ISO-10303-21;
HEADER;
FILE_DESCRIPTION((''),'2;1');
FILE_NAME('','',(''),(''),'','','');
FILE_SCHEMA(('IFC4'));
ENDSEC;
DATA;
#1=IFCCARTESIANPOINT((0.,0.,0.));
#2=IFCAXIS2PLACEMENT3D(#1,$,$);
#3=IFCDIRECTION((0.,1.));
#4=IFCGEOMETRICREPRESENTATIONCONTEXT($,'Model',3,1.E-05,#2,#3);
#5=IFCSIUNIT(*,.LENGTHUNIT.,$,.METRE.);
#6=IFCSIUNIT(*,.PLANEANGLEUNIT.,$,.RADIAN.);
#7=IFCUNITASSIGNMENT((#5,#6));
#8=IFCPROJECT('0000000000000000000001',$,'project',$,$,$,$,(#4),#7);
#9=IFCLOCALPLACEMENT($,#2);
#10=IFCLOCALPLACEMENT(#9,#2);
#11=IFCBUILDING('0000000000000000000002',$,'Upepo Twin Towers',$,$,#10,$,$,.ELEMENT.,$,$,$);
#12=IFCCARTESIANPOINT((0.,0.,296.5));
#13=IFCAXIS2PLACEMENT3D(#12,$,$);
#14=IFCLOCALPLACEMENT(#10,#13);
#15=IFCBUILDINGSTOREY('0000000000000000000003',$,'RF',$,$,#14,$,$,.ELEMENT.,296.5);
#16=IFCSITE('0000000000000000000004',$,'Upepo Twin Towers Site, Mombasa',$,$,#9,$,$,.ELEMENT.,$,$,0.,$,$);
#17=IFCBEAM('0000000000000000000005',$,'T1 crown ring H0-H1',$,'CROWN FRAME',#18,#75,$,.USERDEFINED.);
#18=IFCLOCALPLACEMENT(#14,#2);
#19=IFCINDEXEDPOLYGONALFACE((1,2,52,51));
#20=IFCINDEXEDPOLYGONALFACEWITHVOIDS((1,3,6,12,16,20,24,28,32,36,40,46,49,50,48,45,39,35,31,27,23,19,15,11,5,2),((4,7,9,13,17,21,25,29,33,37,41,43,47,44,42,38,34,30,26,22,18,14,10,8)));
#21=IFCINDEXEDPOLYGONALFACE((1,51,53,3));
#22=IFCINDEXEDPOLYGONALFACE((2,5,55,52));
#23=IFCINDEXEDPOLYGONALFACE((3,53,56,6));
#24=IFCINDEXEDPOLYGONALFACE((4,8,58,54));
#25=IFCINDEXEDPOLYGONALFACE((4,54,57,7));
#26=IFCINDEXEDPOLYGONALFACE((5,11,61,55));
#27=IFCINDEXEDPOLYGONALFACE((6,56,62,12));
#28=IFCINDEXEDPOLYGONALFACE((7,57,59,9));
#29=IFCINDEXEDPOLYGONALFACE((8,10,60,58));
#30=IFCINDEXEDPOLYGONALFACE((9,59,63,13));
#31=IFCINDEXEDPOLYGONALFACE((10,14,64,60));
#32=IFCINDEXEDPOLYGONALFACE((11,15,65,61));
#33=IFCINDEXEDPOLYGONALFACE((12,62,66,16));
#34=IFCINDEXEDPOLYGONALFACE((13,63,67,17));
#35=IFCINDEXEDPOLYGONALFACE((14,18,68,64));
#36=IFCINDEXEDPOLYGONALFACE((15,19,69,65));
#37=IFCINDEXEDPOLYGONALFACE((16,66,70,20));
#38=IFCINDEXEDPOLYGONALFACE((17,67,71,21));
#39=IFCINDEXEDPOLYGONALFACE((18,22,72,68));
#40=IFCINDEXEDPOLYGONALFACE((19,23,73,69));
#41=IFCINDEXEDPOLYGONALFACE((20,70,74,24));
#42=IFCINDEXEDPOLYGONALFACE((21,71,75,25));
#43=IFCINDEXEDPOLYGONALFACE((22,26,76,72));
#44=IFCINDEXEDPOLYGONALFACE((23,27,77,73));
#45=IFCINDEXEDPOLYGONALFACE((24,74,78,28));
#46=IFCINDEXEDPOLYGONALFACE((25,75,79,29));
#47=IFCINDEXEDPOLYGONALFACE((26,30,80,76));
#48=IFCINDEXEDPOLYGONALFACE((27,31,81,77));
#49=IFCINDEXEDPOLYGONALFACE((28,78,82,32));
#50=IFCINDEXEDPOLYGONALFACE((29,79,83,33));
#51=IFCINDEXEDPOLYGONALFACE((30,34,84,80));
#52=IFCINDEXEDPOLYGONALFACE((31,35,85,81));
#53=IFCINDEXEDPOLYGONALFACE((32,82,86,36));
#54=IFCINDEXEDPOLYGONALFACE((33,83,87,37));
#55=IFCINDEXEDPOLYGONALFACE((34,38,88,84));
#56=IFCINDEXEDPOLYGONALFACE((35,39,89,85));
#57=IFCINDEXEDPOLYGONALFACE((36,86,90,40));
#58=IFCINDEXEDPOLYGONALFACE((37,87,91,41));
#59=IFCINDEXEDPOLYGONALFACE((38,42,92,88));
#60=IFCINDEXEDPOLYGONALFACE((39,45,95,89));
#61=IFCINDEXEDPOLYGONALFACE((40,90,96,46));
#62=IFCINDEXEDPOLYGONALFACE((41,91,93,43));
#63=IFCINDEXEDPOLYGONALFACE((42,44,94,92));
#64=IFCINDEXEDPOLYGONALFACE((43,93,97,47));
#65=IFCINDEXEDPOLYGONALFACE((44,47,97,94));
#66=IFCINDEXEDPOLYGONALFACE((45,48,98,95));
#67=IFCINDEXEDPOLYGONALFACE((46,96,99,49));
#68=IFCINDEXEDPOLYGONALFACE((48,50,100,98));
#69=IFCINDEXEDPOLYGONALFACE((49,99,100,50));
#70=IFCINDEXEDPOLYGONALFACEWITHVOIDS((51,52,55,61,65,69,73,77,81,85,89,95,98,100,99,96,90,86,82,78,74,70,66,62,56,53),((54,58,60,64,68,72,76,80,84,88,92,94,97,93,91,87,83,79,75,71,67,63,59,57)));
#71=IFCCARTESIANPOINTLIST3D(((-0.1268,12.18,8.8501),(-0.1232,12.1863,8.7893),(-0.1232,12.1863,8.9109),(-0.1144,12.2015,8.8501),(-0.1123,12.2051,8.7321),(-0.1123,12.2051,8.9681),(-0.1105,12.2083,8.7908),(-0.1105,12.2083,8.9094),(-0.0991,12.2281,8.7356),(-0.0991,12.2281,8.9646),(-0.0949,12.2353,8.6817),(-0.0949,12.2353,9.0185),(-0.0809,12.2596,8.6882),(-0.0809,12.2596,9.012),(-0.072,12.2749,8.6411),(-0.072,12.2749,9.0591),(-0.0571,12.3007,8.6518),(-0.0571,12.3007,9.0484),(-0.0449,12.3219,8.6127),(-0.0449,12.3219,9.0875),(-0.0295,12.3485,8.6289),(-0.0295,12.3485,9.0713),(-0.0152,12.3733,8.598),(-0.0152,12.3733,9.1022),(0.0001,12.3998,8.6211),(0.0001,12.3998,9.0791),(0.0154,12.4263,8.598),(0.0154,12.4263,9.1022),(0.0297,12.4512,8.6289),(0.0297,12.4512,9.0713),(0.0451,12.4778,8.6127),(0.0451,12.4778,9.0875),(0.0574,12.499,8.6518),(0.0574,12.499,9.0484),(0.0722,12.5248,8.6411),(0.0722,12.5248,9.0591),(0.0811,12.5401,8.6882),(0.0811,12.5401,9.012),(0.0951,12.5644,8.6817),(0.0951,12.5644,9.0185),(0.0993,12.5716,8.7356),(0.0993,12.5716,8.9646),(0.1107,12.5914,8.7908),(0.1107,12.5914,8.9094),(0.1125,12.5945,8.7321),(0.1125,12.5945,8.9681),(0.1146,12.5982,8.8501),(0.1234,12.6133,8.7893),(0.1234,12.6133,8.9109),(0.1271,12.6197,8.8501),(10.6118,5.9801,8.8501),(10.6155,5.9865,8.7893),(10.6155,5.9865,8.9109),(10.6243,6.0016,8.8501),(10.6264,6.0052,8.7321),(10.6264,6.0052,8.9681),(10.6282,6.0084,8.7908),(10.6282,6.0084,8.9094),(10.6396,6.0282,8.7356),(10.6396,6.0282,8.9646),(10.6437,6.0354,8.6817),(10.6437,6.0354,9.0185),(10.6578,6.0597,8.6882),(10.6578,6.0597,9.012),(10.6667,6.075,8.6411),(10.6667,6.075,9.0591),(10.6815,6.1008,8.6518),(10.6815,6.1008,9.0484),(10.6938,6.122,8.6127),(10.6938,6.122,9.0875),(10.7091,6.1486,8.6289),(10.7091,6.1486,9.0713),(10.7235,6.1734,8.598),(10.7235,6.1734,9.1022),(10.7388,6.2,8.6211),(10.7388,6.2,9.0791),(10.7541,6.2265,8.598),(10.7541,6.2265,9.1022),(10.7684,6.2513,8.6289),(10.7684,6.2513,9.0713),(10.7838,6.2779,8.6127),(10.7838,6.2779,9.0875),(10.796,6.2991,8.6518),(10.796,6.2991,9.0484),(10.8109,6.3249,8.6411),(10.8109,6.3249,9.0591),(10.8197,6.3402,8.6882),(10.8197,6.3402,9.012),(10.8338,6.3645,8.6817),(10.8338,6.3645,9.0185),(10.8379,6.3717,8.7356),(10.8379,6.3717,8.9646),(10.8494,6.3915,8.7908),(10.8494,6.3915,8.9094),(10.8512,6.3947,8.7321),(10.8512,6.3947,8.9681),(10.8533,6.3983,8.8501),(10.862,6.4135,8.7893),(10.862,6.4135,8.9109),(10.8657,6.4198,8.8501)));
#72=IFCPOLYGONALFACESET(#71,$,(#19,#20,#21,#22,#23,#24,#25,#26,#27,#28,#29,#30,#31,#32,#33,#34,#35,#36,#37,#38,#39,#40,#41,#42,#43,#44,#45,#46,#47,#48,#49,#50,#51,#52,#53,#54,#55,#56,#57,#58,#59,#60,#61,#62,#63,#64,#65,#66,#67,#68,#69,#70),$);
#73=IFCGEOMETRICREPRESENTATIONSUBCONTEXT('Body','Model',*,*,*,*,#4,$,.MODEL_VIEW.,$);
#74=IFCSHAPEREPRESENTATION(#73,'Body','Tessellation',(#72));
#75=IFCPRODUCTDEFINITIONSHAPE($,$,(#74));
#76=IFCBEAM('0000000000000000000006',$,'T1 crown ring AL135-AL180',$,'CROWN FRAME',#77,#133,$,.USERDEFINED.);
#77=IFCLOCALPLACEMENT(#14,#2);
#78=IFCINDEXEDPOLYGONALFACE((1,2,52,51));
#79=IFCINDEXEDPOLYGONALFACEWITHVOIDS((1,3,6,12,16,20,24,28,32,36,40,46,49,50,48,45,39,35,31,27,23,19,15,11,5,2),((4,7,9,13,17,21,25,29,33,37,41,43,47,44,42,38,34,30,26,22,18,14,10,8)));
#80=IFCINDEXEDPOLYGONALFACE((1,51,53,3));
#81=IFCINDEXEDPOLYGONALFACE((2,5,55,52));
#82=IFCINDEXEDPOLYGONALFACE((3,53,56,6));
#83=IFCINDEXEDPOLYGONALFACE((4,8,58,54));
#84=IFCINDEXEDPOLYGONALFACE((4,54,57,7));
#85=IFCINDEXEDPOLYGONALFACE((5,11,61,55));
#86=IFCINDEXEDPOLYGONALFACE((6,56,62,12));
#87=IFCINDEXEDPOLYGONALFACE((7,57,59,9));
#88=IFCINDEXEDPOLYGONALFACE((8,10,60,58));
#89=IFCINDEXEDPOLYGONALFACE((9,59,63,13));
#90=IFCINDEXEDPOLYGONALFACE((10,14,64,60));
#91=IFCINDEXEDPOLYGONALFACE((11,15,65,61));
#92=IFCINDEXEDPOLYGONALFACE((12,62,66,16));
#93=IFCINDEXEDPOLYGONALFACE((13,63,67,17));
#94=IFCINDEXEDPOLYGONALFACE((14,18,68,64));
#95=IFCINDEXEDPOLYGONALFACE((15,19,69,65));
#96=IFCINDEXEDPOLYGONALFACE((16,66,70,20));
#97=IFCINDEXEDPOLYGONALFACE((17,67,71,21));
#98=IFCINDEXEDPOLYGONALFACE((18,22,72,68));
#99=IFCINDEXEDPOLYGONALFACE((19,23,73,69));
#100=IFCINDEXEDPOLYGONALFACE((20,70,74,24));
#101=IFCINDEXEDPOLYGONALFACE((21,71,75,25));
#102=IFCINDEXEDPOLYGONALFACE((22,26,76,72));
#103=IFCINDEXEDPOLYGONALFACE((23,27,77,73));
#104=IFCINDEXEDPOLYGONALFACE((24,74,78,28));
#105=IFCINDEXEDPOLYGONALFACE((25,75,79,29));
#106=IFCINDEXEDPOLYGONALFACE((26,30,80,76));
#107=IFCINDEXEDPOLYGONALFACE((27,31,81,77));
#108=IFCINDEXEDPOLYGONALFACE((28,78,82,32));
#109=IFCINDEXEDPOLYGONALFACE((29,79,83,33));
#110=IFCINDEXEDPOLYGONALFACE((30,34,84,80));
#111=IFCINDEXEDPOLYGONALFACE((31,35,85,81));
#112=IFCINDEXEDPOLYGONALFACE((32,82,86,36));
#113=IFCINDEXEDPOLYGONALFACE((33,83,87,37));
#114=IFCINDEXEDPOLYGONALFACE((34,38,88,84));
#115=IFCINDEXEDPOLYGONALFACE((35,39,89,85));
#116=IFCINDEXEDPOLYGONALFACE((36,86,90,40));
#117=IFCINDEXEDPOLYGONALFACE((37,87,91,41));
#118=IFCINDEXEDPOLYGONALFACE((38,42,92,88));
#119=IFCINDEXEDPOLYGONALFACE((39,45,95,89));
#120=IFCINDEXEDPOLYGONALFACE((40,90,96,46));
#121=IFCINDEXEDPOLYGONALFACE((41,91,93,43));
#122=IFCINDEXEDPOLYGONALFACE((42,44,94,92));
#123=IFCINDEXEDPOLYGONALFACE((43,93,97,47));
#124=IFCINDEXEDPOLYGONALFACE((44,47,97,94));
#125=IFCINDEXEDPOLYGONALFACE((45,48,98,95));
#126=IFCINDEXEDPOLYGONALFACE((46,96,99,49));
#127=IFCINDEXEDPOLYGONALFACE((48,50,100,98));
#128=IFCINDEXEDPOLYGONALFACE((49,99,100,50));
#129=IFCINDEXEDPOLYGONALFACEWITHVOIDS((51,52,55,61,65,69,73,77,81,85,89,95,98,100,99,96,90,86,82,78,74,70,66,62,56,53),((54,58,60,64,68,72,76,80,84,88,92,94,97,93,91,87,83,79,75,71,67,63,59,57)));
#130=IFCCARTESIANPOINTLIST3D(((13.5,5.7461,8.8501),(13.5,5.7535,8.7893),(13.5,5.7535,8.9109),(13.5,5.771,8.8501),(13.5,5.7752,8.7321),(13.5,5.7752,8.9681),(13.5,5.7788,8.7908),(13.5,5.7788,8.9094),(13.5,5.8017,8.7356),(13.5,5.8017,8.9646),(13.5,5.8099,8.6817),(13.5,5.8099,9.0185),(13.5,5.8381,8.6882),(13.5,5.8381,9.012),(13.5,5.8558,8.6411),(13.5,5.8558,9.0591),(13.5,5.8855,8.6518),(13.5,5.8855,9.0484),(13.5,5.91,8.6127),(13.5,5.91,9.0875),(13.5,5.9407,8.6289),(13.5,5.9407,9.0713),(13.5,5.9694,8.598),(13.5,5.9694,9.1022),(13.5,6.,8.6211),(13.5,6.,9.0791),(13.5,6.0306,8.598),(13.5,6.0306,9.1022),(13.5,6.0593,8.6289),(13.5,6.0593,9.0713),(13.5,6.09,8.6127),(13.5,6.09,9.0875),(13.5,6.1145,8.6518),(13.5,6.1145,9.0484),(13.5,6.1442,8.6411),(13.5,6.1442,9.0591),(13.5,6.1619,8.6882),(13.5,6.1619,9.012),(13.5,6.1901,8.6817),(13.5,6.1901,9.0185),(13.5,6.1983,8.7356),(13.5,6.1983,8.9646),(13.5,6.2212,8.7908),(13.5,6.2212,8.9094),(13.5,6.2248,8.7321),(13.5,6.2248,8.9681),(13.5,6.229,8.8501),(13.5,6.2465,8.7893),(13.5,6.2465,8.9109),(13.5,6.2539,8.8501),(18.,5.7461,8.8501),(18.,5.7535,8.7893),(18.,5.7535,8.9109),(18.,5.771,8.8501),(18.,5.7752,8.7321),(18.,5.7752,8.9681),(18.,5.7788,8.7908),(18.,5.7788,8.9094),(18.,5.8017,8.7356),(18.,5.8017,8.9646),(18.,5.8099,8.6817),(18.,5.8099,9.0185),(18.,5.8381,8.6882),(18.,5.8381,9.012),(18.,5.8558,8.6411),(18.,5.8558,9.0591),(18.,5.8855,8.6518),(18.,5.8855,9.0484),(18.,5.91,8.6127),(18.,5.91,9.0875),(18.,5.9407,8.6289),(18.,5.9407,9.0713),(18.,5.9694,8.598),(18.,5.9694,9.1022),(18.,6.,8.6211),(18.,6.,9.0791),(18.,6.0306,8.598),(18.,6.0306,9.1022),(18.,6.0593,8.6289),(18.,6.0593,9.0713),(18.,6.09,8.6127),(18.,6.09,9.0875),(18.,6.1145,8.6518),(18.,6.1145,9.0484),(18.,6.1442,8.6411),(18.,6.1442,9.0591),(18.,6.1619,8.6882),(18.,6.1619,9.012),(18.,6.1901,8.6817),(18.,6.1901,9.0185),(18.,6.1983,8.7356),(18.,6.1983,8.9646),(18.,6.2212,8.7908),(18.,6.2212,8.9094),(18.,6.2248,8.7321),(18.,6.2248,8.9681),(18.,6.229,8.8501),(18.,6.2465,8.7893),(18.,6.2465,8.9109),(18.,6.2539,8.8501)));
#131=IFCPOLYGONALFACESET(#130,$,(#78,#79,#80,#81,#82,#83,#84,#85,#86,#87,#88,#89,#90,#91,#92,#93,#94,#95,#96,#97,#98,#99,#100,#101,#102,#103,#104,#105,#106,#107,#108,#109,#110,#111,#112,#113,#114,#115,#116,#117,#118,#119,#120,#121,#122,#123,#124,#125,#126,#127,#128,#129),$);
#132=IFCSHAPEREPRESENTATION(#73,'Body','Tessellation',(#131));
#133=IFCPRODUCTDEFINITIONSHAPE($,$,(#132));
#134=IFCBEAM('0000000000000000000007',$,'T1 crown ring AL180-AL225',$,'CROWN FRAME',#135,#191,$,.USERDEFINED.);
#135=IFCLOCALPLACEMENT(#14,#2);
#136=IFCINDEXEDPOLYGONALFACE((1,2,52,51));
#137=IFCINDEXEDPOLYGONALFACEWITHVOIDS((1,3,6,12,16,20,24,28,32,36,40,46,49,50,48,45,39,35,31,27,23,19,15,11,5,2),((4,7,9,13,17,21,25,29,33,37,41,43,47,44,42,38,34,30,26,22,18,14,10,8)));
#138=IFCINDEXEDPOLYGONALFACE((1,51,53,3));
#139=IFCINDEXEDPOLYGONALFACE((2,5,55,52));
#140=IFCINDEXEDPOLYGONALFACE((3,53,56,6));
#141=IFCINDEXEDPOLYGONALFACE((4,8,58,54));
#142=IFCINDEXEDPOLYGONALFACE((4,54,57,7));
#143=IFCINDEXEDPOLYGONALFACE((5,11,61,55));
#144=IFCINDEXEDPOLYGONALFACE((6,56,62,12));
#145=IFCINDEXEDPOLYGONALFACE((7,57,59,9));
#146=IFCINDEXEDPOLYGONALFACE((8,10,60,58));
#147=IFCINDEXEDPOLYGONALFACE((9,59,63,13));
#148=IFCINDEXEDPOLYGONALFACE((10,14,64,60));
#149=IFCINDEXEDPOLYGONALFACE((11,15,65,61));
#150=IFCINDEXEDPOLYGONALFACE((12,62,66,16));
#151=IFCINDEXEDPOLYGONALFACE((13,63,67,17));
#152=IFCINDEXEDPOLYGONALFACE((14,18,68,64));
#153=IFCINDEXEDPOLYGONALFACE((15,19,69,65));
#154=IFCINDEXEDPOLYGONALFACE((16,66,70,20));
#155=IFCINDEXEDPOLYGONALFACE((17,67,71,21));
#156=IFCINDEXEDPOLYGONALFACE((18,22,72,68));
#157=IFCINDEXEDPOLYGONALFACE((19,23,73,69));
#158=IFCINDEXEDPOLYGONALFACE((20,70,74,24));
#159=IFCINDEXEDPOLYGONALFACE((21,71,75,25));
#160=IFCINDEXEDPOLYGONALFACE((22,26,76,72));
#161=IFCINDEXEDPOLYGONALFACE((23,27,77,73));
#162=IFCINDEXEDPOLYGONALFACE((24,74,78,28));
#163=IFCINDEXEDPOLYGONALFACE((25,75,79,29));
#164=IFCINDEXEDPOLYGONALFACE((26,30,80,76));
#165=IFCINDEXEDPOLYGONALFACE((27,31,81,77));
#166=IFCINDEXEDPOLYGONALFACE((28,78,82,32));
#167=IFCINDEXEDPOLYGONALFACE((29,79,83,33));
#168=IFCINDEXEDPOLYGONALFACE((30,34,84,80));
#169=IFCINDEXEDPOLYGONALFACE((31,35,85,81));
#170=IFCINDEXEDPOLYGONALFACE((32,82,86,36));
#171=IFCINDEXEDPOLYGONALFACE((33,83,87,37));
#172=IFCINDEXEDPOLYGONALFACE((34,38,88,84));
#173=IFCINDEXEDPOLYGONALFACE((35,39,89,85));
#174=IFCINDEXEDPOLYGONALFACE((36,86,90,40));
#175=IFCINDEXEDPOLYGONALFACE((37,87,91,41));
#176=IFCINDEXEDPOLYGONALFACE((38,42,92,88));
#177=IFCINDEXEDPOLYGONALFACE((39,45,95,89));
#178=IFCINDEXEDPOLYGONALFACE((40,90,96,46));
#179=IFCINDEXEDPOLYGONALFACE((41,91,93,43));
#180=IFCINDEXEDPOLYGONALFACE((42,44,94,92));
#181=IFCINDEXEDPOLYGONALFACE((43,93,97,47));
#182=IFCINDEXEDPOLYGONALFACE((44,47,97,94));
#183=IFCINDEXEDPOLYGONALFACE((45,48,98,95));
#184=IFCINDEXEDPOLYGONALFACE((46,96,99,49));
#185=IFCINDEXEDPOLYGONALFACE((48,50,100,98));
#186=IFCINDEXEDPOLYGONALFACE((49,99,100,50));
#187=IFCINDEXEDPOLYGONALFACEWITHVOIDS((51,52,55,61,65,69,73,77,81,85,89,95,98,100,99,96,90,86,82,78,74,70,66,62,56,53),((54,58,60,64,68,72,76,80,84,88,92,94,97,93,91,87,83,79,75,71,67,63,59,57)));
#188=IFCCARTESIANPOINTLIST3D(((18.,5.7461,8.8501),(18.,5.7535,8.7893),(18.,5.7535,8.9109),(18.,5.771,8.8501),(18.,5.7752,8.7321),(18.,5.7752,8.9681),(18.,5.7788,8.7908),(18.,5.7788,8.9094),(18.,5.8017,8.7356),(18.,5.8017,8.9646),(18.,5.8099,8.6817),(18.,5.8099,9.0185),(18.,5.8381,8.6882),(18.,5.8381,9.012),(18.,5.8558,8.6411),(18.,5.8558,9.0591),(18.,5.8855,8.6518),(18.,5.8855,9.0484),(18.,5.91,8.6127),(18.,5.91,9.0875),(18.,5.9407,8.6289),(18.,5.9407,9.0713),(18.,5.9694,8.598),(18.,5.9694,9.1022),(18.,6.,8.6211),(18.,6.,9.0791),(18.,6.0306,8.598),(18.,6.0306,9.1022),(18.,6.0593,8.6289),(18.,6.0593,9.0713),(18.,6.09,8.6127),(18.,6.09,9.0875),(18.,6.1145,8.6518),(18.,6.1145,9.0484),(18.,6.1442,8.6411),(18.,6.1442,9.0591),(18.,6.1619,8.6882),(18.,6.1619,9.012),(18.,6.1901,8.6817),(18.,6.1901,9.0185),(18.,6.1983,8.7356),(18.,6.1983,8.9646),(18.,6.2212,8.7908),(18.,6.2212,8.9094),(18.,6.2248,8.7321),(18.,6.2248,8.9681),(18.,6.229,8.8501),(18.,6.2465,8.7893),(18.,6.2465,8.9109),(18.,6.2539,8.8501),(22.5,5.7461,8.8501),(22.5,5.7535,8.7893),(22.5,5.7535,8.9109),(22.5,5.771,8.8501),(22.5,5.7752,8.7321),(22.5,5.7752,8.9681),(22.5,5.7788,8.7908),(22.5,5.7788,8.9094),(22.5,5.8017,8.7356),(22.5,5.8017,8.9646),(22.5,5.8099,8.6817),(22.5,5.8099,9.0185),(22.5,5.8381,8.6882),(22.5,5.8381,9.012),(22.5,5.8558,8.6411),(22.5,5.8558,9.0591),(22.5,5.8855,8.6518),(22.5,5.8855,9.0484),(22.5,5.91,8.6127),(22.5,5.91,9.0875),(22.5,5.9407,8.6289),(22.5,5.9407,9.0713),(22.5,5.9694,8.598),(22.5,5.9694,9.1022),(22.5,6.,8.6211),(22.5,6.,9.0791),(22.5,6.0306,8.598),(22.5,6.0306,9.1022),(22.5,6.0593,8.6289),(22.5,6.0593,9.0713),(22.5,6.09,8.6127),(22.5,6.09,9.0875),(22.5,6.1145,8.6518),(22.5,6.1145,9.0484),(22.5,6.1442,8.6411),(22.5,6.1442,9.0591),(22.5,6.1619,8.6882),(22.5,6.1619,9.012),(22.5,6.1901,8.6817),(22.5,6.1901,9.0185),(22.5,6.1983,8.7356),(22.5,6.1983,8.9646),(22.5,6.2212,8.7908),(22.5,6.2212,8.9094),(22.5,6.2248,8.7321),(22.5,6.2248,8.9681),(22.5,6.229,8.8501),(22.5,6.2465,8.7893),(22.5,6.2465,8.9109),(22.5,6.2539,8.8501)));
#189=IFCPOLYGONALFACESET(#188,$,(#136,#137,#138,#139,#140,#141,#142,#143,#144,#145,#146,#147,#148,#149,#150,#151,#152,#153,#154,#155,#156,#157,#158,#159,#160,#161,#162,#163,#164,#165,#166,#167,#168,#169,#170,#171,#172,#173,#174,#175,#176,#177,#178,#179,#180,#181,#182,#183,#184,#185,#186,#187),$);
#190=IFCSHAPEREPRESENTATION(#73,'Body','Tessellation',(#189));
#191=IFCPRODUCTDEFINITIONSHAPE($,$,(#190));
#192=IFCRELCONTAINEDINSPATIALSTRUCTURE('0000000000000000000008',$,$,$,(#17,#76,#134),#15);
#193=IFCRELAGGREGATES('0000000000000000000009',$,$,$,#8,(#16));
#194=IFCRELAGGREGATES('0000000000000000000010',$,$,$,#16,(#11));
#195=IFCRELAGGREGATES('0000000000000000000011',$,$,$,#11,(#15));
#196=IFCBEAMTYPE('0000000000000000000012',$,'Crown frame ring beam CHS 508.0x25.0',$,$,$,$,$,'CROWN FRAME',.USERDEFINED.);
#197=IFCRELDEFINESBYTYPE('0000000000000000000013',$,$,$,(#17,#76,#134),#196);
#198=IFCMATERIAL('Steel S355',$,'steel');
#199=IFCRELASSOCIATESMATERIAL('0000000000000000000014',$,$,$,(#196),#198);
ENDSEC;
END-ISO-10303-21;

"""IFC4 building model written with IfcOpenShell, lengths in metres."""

from ifc_helpers import new_model, si_unit, direction, frame, origin, origin_2d, place, context, subcontext, project, spatial, hollow_circle, extrude, material, material_profile, profile_set, type_object, element, save


model = new_model("IFC4")

# Units and contexts
model_context = context("Model", 3, precision=1e-05, world=origin(), true_north=direction((0.0, 1.0)))
body_context = subcontext(model_context, "Body", "Model", "MODEL_VIEW")
ifc_project = project(units=[si_unit("LENGTHUNIT", "METRE"), si_unit("PLANEANGLEUNIT", "RADIAN")], contexts=[model_context])

# Site, building, storey
site_placement = place(None, origin())
site = spatial("IfcSite", under=ifc_project, at=site_placement, Name="Upepo Twin Towers Site, Mombasa", CompositionType="ELEMENT", RefElevation=0.0)
building_placement = place(site_placement, origin())
building = spatial("IfcBuilding", under=site, at=building_placement, Name="Upepo Twin Towers", CompositionType="ELEMENT")
storey_placement = place(building_placement, frame((0.0, 0.0, 296.5)))
storey = spatial("IfcBuildingStorey", under=building, at=storey_placement, Name="RF", CompositionType="ELEMENT", Elevation=296.5)

# Beams
ifc_material_1 = material(Name="Steel S355", Category="steel")
ifc_material_profile_1 = material_profile(ifc_material_1, hollow_circle(Radius=0.2539, WallThickness=0.0249, at=origin_2d()), Name="CHS 508.0x25.0")
ifc_profile_set_1 = profile_set([ifc_material_profile_1], Name="Steel S355")
beam_type = type_object("IfcBeamType", Name="Crown frame ring beam CHS 508.0x25.0", ElementType="CROWN FRAME", PredefinedType="USERDEFINED", material=ifc_profile_set_1)
beam_1_placement = place(storey_placement, frame((10.7388, 6.2, 8.8501), z_axis=(-0.866028, 0.499995, 0.0), x_axis=(-0.499995, -0.866028, 0.0)))
element("IfcBeam", 1, at=beam_1_placement, inside=storey, type_object=beam_type, Name="T1 crown ring H0-H1", ObjectType="CROWN FRAME", PredefinedType="USERDEFINED", context=body_context, shape_type="SweptSolid", body=[
    extrude(hollow_circle(Radius=0.2539, WallThickness=0.0249, at=origin_2d()), origin(), (0.0, 0.0, 1.0), 12.3999),
])
for number, where, z_axis, x_axis, name in (
    (2, (13.5, 6.0, 8.8501), (1.0, 0.0, 0.0), (0.0, 1.0, 0.0), "T1 crown ring AL135-AL180"),
    (3, (18.0, 6.0, 8.8501), (1.0, 0.0, 0.0), (0.0, 1.0, 0.0), "T1 crown ring AL180-AL225"),
):
    element("IfcBeam", number, at=place(storey_placement, frame(where, z_axis=z_axis, x_axis=x_axis)), inside=storey, type_object=beam_type, Name=name, ObjectType="CROWN FRAME", PredefinedType="USERDEFINED", context=body_context, shape_type="SweptSolid", body=[
        extrude(hollow_circle(Radius=0.2539, WallThickness=0.0249, at=origin_2d()), origin(), (0.0, 0.0, 1.0), 4.5),
    ])

save(model, "model.ifc")
